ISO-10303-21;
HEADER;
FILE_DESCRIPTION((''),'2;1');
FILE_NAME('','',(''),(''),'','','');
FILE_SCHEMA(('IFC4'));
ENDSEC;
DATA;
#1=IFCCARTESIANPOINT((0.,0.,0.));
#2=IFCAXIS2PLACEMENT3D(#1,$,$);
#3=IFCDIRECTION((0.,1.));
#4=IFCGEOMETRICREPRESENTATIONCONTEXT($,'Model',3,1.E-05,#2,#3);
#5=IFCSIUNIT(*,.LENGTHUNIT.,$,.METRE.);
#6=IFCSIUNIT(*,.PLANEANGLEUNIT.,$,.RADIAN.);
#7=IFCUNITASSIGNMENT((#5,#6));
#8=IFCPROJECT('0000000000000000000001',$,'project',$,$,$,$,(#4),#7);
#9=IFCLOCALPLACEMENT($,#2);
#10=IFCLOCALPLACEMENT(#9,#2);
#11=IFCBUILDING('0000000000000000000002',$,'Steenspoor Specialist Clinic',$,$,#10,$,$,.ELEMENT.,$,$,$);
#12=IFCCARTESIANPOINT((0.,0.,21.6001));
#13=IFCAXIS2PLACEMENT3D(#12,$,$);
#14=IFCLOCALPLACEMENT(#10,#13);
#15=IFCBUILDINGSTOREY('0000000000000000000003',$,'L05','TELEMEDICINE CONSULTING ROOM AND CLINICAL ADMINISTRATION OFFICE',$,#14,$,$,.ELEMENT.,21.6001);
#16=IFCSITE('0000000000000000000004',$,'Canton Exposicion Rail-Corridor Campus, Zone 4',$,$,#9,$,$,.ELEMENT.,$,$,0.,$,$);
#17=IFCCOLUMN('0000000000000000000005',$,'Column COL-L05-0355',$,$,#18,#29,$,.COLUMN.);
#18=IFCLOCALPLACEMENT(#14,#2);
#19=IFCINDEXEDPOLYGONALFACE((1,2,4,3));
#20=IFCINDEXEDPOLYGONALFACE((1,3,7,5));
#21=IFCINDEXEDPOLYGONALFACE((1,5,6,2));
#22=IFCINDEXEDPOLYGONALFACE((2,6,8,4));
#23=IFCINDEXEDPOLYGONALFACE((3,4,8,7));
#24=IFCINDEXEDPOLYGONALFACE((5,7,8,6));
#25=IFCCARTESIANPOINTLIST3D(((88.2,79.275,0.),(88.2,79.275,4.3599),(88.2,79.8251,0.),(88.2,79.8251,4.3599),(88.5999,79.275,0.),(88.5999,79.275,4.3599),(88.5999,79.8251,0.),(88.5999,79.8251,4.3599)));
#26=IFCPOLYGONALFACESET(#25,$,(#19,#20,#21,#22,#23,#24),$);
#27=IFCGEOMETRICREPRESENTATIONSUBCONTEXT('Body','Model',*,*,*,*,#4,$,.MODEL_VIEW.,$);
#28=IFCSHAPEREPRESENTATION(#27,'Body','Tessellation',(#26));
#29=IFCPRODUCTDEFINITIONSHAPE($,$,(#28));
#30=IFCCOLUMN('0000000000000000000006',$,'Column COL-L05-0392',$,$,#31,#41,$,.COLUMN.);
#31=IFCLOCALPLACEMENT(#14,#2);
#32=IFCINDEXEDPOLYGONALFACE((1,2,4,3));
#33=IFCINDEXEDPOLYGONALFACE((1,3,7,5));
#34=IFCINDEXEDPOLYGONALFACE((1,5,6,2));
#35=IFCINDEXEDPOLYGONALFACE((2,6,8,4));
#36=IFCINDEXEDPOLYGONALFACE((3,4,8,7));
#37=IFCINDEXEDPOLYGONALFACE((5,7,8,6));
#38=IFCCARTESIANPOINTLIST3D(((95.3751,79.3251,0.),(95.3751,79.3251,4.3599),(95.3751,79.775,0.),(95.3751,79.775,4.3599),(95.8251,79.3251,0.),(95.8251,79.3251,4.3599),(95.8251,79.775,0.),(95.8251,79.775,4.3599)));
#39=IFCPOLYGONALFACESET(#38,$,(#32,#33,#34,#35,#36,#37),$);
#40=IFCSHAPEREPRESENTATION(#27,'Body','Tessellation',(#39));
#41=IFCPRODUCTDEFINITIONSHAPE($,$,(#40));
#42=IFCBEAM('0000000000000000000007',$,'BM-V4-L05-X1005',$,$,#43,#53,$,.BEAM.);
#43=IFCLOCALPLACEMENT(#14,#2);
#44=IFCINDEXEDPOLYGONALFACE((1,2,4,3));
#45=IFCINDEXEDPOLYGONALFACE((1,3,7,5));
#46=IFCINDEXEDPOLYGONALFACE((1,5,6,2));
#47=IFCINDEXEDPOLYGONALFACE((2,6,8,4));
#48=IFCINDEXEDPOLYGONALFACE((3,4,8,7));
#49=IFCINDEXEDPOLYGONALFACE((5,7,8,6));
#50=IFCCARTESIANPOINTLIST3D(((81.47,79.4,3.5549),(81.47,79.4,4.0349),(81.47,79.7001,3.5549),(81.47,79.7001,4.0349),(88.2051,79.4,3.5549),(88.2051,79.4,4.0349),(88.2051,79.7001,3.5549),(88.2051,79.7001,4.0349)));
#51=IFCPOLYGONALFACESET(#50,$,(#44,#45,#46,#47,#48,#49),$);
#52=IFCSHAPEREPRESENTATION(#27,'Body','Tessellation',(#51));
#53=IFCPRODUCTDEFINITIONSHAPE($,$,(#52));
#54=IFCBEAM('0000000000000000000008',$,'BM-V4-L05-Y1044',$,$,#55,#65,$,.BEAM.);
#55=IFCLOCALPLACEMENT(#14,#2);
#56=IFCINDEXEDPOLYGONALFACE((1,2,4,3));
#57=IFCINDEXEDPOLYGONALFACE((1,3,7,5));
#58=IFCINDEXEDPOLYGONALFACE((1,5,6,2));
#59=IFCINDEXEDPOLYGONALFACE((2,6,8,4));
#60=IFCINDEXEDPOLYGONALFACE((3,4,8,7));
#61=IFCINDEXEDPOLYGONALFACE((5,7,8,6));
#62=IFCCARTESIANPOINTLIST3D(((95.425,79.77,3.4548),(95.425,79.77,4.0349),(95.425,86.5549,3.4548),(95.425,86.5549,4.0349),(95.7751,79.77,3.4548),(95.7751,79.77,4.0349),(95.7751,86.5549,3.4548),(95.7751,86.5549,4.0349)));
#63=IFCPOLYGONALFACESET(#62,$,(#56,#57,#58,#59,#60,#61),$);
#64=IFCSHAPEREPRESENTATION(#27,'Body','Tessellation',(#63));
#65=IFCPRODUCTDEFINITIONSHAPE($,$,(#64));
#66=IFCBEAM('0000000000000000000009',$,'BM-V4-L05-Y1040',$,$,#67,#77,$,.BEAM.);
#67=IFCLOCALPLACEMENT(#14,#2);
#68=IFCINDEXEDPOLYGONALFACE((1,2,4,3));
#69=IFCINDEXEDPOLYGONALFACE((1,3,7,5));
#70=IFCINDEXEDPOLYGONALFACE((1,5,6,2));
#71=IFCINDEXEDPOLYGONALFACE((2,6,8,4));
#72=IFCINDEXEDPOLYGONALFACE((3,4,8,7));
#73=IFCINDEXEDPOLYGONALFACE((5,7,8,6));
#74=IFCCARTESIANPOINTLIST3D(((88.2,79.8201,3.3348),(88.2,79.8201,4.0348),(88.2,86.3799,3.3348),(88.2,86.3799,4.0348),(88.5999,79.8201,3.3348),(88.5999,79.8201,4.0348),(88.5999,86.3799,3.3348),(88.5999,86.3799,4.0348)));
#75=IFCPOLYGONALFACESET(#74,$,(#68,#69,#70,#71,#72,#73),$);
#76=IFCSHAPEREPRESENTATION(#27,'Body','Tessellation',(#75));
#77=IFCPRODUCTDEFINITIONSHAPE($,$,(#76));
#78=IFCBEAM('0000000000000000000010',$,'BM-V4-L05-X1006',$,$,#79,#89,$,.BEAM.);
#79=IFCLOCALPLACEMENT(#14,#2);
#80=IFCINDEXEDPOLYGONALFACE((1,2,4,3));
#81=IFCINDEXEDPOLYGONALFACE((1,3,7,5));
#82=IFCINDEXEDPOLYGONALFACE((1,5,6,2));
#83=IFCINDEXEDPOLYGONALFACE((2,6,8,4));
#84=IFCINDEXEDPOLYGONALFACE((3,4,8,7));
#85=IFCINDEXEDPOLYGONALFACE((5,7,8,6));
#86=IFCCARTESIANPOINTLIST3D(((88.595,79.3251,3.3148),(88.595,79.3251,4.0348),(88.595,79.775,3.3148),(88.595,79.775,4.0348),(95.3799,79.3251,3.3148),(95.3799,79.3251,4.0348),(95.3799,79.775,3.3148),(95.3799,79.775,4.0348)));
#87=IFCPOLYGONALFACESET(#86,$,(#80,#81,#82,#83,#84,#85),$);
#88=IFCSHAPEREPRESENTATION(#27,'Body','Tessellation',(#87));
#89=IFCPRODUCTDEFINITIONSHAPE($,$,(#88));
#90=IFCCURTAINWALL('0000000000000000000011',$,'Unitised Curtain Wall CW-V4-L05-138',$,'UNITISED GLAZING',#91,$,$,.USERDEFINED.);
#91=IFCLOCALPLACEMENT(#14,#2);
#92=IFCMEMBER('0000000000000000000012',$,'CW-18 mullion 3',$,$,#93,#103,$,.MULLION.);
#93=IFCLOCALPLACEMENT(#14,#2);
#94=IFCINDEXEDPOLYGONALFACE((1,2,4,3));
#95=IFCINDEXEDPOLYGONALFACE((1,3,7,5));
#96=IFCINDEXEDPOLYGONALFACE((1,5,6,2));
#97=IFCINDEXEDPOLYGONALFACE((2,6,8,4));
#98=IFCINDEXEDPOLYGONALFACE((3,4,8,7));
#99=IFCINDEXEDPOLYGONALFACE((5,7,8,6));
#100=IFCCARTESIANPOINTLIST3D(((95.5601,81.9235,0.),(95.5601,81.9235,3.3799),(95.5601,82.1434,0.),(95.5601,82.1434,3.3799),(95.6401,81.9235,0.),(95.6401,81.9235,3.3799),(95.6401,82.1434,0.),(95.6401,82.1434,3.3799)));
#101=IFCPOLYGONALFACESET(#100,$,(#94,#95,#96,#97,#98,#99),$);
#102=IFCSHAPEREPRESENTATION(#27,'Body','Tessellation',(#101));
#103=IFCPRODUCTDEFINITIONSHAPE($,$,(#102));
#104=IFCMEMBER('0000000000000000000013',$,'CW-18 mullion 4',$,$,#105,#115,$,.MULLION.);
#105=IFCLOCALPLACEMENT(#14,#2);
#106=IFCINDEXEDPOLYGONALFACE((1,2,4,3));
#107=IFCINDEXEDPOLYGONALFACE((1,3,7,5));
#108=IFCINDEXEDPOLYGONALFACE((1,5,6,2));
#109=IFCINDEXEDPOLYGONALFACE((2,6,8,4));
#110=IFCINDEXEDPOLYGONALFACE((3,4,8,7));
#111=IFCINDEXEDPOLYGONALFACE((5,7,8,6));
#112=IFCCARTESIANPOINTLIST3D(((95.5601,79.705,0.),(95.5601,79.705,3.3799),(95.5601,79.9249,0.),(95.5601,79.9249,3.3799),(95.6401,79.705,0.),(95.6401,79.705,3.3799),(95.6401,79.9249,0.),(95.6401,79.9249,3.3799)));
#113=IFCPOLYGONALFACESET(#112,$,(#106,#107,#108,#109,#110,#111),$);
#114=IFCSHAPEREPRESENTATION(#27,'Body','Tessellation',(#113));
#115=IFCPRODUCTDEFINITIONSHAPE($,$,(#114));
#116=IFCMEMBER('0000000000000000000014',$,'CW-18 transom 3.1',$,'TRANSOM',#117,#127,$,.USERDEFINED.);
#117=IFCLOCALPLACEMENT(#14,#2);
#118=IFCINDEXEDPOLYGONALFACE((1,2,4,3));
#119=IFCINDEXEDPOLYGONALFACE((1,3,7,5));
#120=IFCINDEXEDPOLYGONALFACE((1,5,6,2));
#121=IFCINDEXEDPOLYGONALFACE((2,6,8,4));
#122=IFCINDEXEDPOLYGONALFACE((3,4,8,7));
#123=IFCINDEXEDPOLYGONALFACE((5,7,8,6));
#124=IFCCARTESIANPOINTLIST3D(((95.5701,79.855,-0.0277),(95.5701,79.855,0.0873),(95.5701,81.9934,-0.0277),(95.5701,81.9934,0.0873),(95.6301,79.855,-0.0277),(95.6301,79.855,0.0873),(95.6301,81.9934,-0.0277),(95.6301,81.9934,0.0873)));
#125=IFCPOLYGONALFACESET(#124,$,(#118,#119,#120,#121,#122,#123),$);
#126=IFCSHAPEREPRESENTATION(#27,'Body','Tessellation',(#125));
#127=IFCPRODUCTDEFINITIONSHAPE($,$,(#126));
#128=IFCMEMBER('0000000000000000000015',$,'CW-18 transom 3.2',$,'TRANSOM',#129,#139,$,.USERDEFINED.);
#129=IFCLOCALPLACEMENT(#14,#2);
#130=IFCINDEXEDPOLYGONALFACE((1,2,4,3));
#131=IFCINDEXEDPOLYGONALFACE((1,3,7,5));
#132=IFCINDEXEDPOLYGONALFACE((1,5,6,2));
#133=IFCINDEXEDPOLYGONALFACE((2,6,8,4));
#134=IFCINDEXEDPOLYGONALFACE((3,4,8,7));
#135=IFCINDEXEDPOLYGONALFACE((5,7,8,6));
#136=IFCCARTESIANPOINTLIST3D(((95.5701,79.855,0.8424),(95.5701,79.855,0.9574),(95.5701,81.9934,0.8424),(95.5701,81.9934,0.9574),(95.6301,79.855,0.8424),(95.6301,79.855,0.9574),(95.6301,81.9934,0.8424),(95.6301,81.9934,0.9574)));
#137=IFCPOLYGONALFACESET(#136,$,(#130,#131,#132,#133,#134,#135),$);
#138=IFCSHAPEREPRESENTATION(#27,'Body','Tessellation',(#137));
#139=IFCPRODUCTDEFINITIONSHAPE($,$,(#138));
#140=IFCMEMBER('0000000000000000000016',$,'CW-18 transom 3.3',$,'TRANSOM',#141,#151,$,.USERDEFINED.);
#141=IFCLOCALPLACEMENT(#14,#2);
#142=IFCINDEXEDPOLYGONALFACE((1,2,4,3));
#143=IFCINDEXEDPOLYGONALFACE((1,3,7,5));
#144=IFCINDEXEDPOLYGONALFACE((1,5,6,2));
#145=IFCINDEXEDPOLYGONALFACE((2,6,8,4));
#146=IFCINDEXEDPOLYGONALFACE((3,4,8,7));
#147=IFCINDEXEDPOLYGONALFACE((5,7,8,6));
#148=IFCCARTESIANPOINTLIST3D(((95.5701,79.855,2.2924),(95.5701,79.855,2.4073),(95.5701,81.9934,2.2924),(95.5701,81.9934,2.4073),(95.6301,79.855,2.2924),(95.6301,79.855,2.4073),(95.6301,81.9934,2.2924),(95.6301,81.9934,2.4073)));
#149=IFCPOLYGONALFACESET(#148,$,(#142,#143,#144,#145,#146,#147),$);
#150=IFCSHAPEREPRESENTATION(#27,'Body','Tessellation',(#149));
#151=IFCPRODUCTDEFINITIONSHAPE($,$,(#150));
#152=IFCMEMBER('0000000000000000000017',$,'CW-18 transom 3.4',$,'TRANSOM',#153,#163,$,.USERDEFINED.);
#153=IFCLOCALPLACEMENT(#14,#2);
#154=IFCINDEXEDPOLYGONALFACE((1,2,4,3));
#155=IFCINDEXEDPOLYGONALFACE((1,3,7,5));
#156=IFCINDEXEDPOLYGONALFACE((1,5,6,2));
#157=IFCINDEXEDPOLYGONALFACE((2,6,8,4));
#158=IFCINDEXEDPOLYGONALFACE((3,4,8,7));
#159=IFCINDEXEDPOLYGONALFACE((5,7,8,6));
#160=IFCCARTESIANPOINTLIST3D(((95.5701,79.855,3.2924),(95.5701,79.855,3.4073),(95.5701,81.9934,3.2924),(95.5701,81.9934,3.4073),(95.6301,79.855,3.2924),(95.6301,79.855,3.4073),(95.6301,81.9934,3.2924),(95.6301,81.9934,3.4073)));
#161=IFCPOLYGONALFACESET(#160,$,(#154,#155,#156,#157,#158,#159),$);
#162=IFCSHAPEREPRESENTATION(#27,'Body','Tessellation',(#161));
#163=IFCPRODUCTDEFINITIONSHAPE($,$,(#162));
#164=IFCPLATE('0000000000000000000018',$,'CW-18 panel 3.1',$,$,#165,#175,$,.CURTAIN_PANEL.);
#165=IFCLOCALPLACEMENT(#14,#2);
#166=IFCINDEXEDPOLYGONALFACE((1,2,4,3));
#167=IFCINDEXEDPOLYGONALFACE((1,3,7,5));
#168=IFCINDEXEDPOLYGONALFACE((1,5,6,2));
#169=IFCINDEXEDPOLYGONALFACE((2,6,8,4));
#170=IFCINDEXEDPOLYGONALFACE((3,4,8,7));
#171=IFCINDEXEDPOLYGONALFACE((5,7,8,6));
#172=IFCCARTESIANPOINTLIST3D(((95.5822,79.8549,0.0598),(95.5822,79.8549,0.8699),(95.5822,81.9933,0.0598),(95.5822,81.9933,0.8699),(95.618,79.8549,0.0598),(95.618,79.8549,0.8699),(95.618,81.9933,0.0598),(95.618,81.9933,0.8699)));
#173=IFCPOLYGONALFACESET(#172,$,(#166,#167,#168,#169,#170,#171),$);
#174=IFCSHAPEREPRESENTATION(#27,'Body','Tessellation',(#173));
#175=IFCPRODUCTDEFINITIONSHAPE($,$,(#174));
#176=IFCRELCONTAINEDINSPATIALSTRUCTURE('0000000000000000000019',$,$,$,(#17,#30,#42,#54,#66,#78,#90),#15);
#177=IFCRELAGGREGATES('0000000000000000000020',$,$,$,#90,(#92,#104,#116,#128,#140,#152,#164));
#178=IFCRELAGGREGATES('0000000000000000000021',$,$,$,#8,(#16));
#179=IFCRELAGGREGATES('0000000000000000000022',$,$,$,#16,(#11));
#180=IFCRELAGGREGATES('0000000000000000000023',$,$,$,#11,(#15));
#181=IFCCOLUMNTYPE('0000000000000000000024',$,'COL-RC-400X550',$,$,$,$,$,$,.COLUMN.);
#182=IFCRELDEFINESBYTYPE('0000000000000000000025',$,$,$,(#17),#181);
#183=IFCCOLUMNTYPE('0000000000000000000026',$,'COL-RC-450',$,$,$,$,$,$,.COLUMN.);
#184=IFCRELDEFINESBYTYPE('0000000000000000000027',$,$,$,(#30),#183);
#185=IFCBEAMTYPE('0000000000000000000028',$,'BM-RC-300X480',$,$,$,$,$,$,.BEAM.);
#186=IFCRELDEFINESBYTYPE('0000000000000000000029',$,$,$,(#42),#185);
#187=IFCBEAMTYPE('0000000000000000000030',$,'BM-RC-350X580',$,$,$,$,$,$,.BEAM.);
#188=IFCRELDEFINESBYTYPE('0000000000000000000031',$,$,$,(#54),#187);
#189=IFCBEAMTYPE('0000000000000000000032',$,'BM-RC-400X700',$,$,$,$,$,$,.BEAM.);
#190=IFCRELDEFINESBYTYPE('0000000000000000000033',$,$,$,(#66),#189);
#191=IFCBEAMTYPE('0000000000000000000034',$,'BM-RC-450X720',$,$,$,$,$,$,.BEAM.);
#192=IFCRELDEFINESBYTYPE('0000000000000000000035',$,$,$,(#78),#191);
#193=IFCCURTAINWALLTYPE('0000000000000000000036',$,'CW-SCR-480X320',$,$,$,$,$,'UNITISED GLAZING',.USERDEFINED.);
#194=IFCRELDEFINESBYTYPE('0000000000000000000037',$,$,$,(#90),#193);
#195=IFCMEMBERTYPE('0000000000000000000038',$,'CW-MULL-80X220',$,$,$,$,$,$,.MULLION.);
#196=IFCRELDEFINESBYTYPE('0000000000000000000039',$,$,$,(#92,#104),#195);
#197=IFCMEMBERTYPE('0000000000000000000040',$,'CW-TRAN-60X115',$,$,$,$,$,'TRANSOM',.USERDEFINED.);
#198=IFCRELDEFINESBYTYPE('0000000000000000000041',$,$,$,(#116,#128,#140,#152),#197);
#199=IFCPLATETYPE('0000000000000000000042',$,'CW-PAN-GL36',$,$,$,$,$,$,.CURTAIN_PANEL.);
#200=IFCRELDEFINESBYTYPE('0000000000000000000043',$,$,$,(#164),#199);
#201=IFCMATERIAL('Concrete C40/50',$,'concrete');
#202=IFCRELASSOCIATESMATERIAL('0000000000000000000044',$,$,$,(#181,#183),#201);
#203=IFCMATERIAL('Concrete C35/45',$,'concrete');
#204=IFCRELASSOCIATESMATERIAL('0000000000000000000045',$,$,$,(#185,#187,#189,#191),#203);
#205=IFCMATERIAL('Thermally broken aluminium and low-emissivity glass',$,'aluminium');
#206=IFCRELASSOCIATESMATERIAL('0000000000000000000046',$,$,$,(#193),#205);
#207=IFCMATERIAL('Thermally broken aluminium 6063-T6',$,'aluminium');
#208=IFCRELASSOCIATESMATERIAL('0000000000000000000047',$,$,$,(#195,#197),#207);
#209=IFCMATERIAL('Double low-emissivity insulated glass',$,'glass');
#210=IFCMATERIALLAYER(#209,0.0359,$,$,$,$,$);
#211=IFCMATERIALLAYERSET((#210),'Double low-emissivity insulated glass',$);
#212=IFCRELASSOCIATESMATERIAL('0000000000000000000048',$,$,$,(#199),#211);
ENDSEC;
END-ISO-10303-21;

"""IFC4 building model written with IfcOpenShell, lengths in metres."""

from ifc_helpers import new_model, si_unit, direction, frame, origin, origin_2d, place, context, subcontext, project, spatial, rectangle, extrude, material, layer, layer_set, material_profile, profile_set, type_object, element, aggregate, save


model = new_model("IFC4")

# Units and contexts
model_context = context("Model", 3, precision=1e-05, world=origin(), true_north=direction((0.0, 1.0)))
body_context = subcontext(model_context, "Body", "Model", "MODEL_VIEW")
ifc_project = project(units=[si_unit("LENGTHUNIT", "METRE"), si_unit("PLANEANGLEUNIT", "RADIAN")], contexts=[model_context])

# Site, building, storey
site_placement = place(None, origin())
site = spatial("IfcSite", under=ifc_project, at=site_placement, Name="Canton Exposicion Rail-Corridor Campus, Zone 4", CompositionType="ELEMENT", RefElevation=0.0)
building_placement = place(site_placement, origin())
building = spatial("IfcBuilding", under=site, at=building_placement, Name="Steenspoor Specialist Clinic", CompositionType="ELEMENT")
storey_placement = place(building_placement, frame((0.0, 0.0, 21.6001)))
storey = spatial("IfcBuildingStorey", under=building, at=storey_placement, Name="L05", Description="TELEMEDICINE CONSULTING ROOM AND CLINICAL ADMINISTRATION OFFICE", CompositionType="ELEMENT", Elevation=21.6001)

# Columns
ifc_material_1 = material(Name="Concrete C40/50", Category="concrete")
ifc_material_profile_1 = material_profile(ifc_material_1, rectangle(XDim=0.3999, YDim=0.55, at=origin_2d()), Name="RC-COL-400X550")
ifc_profile_set_1 = profile_set([ifc_material_profile_1], Name="Concrete C40/50")
column_type_1 = type_object("IfcColumnType", Name="COL-RC-400X550", PredefinedType="COLUMN", material=ifc_profile_set_1)
column_1_placement = place(storey_placement, frame((88.3999, 79.55, 0.0), z_axis=(0.0, 0.0, 1.0), x_axis=(1.0, 0.0, 0.0)))
element("IfcColumn", 1, at=column_1_placement, inside=storey, type_object=column_type_1, Name="Column COL-L05-0355", PredefinedType="COLUMN", context=body_context, shape_type="SweptSolid", body=[
    extrude(rectangle(XDim=0.3999, YDim=0.55, at=origin_2d()), origin(), (0.0, 0.0, 1.0), 4.3599),
])
ifc_material_profile_2 = material_profile(ifc_material_1, rectangle(XDim=0.45, YDim=0.45, at=origin_2d()), Name="RC-COL-450X450")
ifc_profile_set_2 = profile_set([ifc_material_profile_2], Name="Concrete C40/50")
column_type_2 = type_object("IfcColumnType", Name="COL-RC-450", PredefinedType="COLUMN", material=ifc_profile_set_2)
column_2_placement = place(storey_placement, frame((95.6001, 79.55, 0.0), z_axis=(0.0, 0.0, 1.0), x_axis=(1.0, 0.0, 0.0)))
element("IfcColumn", 2, at=column_2_placement, inside=storey, type_object=column_type_2, Name="Column COL-L05-0392", PredefinedType="COLUMN", context=body_context, shape_type="SweptSolid", body=[
    extrude(rectangle(XDim=0.45, YDim=0.45, at=origin_2d()), origin(), (0.0, 0.0, 1.0), 4.3599),
])

# Beams
ifc_material_2 = material(Name="Concrete C35/45", Category="concrete")
ifc_material_profile_3 = material_profile(ifc_material_2, rectangle(XDim=0.3, YDim=0.48, at=origin_2d()), Name="RC-BM-300X480")
ifc_profile_set_3 = profile_set([ifc_material_profile_3], Name="Concrete C35/45")
beam_type_1 = type_object("IfcBeamType", Name="BM-RC-300X480", PredefinedType="BEAM", material=ifc_profile_set_3)
beam_1_placement = place(storey_placement, frame((81.47, 79.55, 3.7949), z_axis=(1.0, 0.0, 0.0), x_axis=(0.0, 1.0, 0.0)))
element("IfcBeam", 3, at=beam_1_placement, inside=storey, type_object=beam_type_1, Name="BM-V4-L05-X1005", PredefinedType="BEAM", context=body_context, shape_type="SweptSolid", body=[
    extrude(rectangle(XDim=0.3, YDim=0.48, at=origin_2d()), origin(), (0.0, 0.0, 1.0), 6.7351),
])
ifc_material_profile_4 = material_profile(ifc_material_2, rectangle(XDim=0.3501, YDim=0.5801, at=origin_2d()), Name="RC-BM-350X580")
ifc_profile_set_4 = profile_set([ifc_material_profile_4], Name="Concrete C35/45")
beam_type_2 = type_object("IfcBeamType", Name="BM-RC-350X580", PredefinedType="BEAM", material=ifc_profile_set_4)
beam_2_placement = place(storey_placement, frame((95.6001, 79.77, 3.7449), z_axis=(0.0, 1.0, 0.0), x_axis=(-1.0, 0.0, 0.0)))
element("IfcBeam", 4, at=beam_2_placement, inside=storey, type_object=beam_type_2, Name="BM-V4-L05-Y1044", PredefinedType="BEAM", context=body_context, shape_type="SweptSolid", body=[
    extrude(rectangle(XDim=0.3501, YDim=0.5801, at=origin_2d()), origin(), (0.0, 0.0, 1.0), 6.7849),
])
ifc_material_profile_5 = material_profile(ifc_material_2, rectangle(XDim=0.3999, YDim=0.7, at=origin_2d()), Name="RC-BM-400X700")
ifc_profile_set_5 = profile_set([ifc_material_profile_5], Name="Concrete C35/45")
beam_type_3 = type_object("IfcBeamType", Name="BM-RC-400X700", PredefinedType="BEAM", material=ifc_profile_set_5)
beam_3_placement = place(storey_placement, frame((88.3999, 79.8201, 3.6848), z_axis=(0.0, 1.0, 0.0), x_axis=(-1.0, 0.0, 0.0)))
element("IfcBeam", 5, at=beam_3_placement, inside=storey, type_object=beam_type_3, Name="BM-V4-L05-Y1040", PredefinedType="BEAM", context=body_context, shape_type="SweptSolid", body=[
    extrude(rectangle(XDim=0.3999, YDim=0.7, at=origin_2d()), origin(), (0.0, 0.0, 1.0), 6.5598),
])
ifc_material_profile_6 = material_profile(ifc_material_2, rectangle(XDim=0.45, YDim=0.72, at=origin_2d()), Name="RC-BM-450X720")
ifc_profile_set_6 = profile_set([ifc_material_profile_6], Name="Concrete C35/45")
beam_type_4 = type_object("IfcBeamType", Name="BM-RC-450X720", PredefinedType="BEAM", material=ifc_profile_set_6)
beam_4_placement = place(storey_placement, frame((88.595, 79.55, 3.6748), z_axis=(1.0, 0.0, 0.0), x_axis=(0.0, 1.0, 0.0)))
element("IfcBeam", 6, at=beam_4_placement, inside=storey, type_object=beam_type_4, Name="BM-V4-L05-X1006", PredefinedType="BEAM", context=body_context, shape_type="SweptSolid", body=[
    extrude(rectangle(XDim=0.45, YDim=0.72, at=origin_2d()), origin(), (0.0, 0.0, 1.0), 6.7849),
])

# Curtain wall, members, plate
ifc_material_3 = material(Name="Thermally broken aluminium and low-emissivity glass", Category="aluminium")
curtain_wall_type = type_object("IfcCurtainWallType", Name="CW-SCR-480X320", ElementType="UNITISED GLAZING", PredefinedType="USERDEFINED", material=ifc_material_3)
curtain_wall_placement = place(storey_placement, origin())
curtain_wall = element("IfcCurtainWall", 7, at=curtain_wall_placement, inside=storey, type_object=curtain_wall_type, Name="Unitised Curtain Wall CW-V4-L05-138", ObjectType="UNITISED GLAZING", PredefinedType="USERDEFINED")
ifc_material_4 = material(Name="Thermally broken aluminium 6063-T6", Category="aluminium")
ifc_material_profile_7 = material_profile(ifc_material_4, rectangle(XDim=0.0801, YDim=0.22, at=origin_2d()), Name="CWM-80X220")
ifc_profile_set_7 = profile_set([ifc_material_profile_7], Name="Thermally broken aluminium 6063-T6")
member_type_1 = type_object("IfcMemberType", Name="CW-MULL-80X220", PredefinedType="MULLION", material=ifc_profile_set_7)
member_1_placement = place(storey_placement, frame((95.6001, 82.0334, 0.0), z_axis=(0.0, 0.0, 1.0), x_axis=(1.0, 0.0, 0.0)))
member_1 = element("IfcMember", 8, at=member_1_placement, type_object=member_type_1, Name="CW-18 mullion 3", PredefinedType="MULLION", context=body_context, shape_type="SweptSolid", body=[
    extrude(rectangle(XDim=0.0801, YDim=0.22, at=origin_2d()), origin(), (0.0, 0.0, 1.0), 3.3799),
])
member_2_placement = place(storey_placement, frame((95.6001, 79.8149, 0.0), z_axis=(0.0, 0.0, 1.0), x_axis=(1.0, 0.0, 0.0)))
member_2 = element("IfcMember", 9, at=member_2_placement, type_object=member_type_1, Name="CW-18 mullion 4", PredefinedType="MULLION", context=body_context, shape_type="SweptSolid", body=[
    extrude(rectangle(XDim=0.0801, YDim=0.22, at=origin_2d()), origin(), (0.0, 0.0, 1.0), 3.3799),
])
ifc_material_profile_8 = material_profile(ifc_material_4, rectangle(XDim=0.0601, YDim=0.115, at=origin_2d()), Name="CWT-60X115")
ifc_profile_set_8 = profile_set([ifc_material_profile_8], Name="Thermally broken aluminium 6063-T6")
member_type_2 = type_object("IfcMemberType", Name="CW-TRAN-60X115", ElementType="TRANSOM", PredefinedType="USERDEFINED", material=ifc_profile_set_8)
member_3_placement = place(storey_placement, frame((95.6001, 81.9934, 0.0298), z_axis=(0.0, -1.0, 0.0), x_axis=(1.0, 0.0, 0.0)))
member_3 = element("IfcMember", 10, at=member_3_placement, type_object=member_type_2, Name="CW-18 transom 3.1", ObjectType="TRANSOM", PredefinedType="USERDEFINED", context=body_context, shape_type="SweptSolid", body=[
    extrude(rectangle(XDim=0.0601, YDim=0.115, at=origin_2d()), origin(), (0.0, 0.0, 1.0), 2.1384),
])
member_4_placement = place(storey_placement, frame((95.6001, 81.9934, 0.8999), z_axis=(0.0, -1.0, 0.0), x_axis=(1.0, 0.0, 0.0)))
member_4 = element("IfcMember", 11, at=member_4_placement, type_object=member_type_2, Name="CW-18 transom 3.2", ObjectType="TRANSOM", PredefinedType="USERDEFINED", context=body_context, shape_type="SweptSolid", body=[
    extrude(rectangle(XDim=0.0601, YDim=0.115, at=origin_2d()), origin(), (0.0, 0.0, 1.0), 2.1384),
])
member_5_placement = place(storey_placement, frame((95.6001, 81.9934, 2.3499), z_axis=(0.0, -1.0, 0.0), x_axis=(1.0, 0.0, 0.0)))
member_5 = element("IfcMember", 12, at=member_5_placement, type_object=member_type_2, Name="CW-18 transom 3.3", ObjectType="TRANSOM", PredefinedType="USERDEFINED", context=body_context, shape_type="SweptSolid", body=[
    extrude(rectangle(XDim=0.0601, YDim=0.115, at=origin_2d()), origin(), (0.0, 0.0, 1.0), 2.1384),
])
member_6_placement = place(storey_placement, frame((95.6001, 81.9934, 3.3499), z_axis=(0.0, -1.0, 0.0), x_axis=(1.0, 0.0, 0.0)))
member_6 = element("IfcMember", 13, at=member_6_placement, type_object=member_type_2, Name="CW-18 transom 3.4", ObjectType="TRANSOM", PredefinedType="USERDEFINED", context=body_context, shape_type="SweptSolid", body=[
    extrude(rectangle(XDim=0.0601, YDim=0.115, at=origin_2d()), origin(), (0.0, 0.0, 1.0), 2.1384),
])
ifc_material_5 = material(Name="Double low-emissivity insulated glass", Category="glass")
ifc_layer_1 = layer(ifc_material_5, 0.0359)
ifc_layer_set_1 = layer_set([ifc_layer_1], Name="Double low-emissivity insulated glass")
plate_type = type_object("IfcPlateType", Name="CW-PAN-GL36", PredefinedType="CURTAIN_PANEL", material=ifc_layer_set_1)
plate_1_placement = place(storey_placement, frame((95.6001, 80.9241, 0.0598), z_axis=(0.0, 0.0, 1.0), x_axis=(0.0, -1.0, 0.0)))
plate_1 = element("IfcPlate", 14, at=plate_1_placement, type_object=plate_type, Name="CW-18 panel 3.1", PredefinedType="CURTAIN_PANEL", context=body_context, shape_type="SweptSolid", body=[
    extrude(rectangle(XDim=2.1384, YDim=0.0359, at=origin_2d()), origin(), (0.0, 0.0, 1.0), 0.8101),
])
aggregate(curtain_wall, [member_1, member_2, member_3, member_4, member_5, member_6, plate_1])

save(model, "model.ifc")
